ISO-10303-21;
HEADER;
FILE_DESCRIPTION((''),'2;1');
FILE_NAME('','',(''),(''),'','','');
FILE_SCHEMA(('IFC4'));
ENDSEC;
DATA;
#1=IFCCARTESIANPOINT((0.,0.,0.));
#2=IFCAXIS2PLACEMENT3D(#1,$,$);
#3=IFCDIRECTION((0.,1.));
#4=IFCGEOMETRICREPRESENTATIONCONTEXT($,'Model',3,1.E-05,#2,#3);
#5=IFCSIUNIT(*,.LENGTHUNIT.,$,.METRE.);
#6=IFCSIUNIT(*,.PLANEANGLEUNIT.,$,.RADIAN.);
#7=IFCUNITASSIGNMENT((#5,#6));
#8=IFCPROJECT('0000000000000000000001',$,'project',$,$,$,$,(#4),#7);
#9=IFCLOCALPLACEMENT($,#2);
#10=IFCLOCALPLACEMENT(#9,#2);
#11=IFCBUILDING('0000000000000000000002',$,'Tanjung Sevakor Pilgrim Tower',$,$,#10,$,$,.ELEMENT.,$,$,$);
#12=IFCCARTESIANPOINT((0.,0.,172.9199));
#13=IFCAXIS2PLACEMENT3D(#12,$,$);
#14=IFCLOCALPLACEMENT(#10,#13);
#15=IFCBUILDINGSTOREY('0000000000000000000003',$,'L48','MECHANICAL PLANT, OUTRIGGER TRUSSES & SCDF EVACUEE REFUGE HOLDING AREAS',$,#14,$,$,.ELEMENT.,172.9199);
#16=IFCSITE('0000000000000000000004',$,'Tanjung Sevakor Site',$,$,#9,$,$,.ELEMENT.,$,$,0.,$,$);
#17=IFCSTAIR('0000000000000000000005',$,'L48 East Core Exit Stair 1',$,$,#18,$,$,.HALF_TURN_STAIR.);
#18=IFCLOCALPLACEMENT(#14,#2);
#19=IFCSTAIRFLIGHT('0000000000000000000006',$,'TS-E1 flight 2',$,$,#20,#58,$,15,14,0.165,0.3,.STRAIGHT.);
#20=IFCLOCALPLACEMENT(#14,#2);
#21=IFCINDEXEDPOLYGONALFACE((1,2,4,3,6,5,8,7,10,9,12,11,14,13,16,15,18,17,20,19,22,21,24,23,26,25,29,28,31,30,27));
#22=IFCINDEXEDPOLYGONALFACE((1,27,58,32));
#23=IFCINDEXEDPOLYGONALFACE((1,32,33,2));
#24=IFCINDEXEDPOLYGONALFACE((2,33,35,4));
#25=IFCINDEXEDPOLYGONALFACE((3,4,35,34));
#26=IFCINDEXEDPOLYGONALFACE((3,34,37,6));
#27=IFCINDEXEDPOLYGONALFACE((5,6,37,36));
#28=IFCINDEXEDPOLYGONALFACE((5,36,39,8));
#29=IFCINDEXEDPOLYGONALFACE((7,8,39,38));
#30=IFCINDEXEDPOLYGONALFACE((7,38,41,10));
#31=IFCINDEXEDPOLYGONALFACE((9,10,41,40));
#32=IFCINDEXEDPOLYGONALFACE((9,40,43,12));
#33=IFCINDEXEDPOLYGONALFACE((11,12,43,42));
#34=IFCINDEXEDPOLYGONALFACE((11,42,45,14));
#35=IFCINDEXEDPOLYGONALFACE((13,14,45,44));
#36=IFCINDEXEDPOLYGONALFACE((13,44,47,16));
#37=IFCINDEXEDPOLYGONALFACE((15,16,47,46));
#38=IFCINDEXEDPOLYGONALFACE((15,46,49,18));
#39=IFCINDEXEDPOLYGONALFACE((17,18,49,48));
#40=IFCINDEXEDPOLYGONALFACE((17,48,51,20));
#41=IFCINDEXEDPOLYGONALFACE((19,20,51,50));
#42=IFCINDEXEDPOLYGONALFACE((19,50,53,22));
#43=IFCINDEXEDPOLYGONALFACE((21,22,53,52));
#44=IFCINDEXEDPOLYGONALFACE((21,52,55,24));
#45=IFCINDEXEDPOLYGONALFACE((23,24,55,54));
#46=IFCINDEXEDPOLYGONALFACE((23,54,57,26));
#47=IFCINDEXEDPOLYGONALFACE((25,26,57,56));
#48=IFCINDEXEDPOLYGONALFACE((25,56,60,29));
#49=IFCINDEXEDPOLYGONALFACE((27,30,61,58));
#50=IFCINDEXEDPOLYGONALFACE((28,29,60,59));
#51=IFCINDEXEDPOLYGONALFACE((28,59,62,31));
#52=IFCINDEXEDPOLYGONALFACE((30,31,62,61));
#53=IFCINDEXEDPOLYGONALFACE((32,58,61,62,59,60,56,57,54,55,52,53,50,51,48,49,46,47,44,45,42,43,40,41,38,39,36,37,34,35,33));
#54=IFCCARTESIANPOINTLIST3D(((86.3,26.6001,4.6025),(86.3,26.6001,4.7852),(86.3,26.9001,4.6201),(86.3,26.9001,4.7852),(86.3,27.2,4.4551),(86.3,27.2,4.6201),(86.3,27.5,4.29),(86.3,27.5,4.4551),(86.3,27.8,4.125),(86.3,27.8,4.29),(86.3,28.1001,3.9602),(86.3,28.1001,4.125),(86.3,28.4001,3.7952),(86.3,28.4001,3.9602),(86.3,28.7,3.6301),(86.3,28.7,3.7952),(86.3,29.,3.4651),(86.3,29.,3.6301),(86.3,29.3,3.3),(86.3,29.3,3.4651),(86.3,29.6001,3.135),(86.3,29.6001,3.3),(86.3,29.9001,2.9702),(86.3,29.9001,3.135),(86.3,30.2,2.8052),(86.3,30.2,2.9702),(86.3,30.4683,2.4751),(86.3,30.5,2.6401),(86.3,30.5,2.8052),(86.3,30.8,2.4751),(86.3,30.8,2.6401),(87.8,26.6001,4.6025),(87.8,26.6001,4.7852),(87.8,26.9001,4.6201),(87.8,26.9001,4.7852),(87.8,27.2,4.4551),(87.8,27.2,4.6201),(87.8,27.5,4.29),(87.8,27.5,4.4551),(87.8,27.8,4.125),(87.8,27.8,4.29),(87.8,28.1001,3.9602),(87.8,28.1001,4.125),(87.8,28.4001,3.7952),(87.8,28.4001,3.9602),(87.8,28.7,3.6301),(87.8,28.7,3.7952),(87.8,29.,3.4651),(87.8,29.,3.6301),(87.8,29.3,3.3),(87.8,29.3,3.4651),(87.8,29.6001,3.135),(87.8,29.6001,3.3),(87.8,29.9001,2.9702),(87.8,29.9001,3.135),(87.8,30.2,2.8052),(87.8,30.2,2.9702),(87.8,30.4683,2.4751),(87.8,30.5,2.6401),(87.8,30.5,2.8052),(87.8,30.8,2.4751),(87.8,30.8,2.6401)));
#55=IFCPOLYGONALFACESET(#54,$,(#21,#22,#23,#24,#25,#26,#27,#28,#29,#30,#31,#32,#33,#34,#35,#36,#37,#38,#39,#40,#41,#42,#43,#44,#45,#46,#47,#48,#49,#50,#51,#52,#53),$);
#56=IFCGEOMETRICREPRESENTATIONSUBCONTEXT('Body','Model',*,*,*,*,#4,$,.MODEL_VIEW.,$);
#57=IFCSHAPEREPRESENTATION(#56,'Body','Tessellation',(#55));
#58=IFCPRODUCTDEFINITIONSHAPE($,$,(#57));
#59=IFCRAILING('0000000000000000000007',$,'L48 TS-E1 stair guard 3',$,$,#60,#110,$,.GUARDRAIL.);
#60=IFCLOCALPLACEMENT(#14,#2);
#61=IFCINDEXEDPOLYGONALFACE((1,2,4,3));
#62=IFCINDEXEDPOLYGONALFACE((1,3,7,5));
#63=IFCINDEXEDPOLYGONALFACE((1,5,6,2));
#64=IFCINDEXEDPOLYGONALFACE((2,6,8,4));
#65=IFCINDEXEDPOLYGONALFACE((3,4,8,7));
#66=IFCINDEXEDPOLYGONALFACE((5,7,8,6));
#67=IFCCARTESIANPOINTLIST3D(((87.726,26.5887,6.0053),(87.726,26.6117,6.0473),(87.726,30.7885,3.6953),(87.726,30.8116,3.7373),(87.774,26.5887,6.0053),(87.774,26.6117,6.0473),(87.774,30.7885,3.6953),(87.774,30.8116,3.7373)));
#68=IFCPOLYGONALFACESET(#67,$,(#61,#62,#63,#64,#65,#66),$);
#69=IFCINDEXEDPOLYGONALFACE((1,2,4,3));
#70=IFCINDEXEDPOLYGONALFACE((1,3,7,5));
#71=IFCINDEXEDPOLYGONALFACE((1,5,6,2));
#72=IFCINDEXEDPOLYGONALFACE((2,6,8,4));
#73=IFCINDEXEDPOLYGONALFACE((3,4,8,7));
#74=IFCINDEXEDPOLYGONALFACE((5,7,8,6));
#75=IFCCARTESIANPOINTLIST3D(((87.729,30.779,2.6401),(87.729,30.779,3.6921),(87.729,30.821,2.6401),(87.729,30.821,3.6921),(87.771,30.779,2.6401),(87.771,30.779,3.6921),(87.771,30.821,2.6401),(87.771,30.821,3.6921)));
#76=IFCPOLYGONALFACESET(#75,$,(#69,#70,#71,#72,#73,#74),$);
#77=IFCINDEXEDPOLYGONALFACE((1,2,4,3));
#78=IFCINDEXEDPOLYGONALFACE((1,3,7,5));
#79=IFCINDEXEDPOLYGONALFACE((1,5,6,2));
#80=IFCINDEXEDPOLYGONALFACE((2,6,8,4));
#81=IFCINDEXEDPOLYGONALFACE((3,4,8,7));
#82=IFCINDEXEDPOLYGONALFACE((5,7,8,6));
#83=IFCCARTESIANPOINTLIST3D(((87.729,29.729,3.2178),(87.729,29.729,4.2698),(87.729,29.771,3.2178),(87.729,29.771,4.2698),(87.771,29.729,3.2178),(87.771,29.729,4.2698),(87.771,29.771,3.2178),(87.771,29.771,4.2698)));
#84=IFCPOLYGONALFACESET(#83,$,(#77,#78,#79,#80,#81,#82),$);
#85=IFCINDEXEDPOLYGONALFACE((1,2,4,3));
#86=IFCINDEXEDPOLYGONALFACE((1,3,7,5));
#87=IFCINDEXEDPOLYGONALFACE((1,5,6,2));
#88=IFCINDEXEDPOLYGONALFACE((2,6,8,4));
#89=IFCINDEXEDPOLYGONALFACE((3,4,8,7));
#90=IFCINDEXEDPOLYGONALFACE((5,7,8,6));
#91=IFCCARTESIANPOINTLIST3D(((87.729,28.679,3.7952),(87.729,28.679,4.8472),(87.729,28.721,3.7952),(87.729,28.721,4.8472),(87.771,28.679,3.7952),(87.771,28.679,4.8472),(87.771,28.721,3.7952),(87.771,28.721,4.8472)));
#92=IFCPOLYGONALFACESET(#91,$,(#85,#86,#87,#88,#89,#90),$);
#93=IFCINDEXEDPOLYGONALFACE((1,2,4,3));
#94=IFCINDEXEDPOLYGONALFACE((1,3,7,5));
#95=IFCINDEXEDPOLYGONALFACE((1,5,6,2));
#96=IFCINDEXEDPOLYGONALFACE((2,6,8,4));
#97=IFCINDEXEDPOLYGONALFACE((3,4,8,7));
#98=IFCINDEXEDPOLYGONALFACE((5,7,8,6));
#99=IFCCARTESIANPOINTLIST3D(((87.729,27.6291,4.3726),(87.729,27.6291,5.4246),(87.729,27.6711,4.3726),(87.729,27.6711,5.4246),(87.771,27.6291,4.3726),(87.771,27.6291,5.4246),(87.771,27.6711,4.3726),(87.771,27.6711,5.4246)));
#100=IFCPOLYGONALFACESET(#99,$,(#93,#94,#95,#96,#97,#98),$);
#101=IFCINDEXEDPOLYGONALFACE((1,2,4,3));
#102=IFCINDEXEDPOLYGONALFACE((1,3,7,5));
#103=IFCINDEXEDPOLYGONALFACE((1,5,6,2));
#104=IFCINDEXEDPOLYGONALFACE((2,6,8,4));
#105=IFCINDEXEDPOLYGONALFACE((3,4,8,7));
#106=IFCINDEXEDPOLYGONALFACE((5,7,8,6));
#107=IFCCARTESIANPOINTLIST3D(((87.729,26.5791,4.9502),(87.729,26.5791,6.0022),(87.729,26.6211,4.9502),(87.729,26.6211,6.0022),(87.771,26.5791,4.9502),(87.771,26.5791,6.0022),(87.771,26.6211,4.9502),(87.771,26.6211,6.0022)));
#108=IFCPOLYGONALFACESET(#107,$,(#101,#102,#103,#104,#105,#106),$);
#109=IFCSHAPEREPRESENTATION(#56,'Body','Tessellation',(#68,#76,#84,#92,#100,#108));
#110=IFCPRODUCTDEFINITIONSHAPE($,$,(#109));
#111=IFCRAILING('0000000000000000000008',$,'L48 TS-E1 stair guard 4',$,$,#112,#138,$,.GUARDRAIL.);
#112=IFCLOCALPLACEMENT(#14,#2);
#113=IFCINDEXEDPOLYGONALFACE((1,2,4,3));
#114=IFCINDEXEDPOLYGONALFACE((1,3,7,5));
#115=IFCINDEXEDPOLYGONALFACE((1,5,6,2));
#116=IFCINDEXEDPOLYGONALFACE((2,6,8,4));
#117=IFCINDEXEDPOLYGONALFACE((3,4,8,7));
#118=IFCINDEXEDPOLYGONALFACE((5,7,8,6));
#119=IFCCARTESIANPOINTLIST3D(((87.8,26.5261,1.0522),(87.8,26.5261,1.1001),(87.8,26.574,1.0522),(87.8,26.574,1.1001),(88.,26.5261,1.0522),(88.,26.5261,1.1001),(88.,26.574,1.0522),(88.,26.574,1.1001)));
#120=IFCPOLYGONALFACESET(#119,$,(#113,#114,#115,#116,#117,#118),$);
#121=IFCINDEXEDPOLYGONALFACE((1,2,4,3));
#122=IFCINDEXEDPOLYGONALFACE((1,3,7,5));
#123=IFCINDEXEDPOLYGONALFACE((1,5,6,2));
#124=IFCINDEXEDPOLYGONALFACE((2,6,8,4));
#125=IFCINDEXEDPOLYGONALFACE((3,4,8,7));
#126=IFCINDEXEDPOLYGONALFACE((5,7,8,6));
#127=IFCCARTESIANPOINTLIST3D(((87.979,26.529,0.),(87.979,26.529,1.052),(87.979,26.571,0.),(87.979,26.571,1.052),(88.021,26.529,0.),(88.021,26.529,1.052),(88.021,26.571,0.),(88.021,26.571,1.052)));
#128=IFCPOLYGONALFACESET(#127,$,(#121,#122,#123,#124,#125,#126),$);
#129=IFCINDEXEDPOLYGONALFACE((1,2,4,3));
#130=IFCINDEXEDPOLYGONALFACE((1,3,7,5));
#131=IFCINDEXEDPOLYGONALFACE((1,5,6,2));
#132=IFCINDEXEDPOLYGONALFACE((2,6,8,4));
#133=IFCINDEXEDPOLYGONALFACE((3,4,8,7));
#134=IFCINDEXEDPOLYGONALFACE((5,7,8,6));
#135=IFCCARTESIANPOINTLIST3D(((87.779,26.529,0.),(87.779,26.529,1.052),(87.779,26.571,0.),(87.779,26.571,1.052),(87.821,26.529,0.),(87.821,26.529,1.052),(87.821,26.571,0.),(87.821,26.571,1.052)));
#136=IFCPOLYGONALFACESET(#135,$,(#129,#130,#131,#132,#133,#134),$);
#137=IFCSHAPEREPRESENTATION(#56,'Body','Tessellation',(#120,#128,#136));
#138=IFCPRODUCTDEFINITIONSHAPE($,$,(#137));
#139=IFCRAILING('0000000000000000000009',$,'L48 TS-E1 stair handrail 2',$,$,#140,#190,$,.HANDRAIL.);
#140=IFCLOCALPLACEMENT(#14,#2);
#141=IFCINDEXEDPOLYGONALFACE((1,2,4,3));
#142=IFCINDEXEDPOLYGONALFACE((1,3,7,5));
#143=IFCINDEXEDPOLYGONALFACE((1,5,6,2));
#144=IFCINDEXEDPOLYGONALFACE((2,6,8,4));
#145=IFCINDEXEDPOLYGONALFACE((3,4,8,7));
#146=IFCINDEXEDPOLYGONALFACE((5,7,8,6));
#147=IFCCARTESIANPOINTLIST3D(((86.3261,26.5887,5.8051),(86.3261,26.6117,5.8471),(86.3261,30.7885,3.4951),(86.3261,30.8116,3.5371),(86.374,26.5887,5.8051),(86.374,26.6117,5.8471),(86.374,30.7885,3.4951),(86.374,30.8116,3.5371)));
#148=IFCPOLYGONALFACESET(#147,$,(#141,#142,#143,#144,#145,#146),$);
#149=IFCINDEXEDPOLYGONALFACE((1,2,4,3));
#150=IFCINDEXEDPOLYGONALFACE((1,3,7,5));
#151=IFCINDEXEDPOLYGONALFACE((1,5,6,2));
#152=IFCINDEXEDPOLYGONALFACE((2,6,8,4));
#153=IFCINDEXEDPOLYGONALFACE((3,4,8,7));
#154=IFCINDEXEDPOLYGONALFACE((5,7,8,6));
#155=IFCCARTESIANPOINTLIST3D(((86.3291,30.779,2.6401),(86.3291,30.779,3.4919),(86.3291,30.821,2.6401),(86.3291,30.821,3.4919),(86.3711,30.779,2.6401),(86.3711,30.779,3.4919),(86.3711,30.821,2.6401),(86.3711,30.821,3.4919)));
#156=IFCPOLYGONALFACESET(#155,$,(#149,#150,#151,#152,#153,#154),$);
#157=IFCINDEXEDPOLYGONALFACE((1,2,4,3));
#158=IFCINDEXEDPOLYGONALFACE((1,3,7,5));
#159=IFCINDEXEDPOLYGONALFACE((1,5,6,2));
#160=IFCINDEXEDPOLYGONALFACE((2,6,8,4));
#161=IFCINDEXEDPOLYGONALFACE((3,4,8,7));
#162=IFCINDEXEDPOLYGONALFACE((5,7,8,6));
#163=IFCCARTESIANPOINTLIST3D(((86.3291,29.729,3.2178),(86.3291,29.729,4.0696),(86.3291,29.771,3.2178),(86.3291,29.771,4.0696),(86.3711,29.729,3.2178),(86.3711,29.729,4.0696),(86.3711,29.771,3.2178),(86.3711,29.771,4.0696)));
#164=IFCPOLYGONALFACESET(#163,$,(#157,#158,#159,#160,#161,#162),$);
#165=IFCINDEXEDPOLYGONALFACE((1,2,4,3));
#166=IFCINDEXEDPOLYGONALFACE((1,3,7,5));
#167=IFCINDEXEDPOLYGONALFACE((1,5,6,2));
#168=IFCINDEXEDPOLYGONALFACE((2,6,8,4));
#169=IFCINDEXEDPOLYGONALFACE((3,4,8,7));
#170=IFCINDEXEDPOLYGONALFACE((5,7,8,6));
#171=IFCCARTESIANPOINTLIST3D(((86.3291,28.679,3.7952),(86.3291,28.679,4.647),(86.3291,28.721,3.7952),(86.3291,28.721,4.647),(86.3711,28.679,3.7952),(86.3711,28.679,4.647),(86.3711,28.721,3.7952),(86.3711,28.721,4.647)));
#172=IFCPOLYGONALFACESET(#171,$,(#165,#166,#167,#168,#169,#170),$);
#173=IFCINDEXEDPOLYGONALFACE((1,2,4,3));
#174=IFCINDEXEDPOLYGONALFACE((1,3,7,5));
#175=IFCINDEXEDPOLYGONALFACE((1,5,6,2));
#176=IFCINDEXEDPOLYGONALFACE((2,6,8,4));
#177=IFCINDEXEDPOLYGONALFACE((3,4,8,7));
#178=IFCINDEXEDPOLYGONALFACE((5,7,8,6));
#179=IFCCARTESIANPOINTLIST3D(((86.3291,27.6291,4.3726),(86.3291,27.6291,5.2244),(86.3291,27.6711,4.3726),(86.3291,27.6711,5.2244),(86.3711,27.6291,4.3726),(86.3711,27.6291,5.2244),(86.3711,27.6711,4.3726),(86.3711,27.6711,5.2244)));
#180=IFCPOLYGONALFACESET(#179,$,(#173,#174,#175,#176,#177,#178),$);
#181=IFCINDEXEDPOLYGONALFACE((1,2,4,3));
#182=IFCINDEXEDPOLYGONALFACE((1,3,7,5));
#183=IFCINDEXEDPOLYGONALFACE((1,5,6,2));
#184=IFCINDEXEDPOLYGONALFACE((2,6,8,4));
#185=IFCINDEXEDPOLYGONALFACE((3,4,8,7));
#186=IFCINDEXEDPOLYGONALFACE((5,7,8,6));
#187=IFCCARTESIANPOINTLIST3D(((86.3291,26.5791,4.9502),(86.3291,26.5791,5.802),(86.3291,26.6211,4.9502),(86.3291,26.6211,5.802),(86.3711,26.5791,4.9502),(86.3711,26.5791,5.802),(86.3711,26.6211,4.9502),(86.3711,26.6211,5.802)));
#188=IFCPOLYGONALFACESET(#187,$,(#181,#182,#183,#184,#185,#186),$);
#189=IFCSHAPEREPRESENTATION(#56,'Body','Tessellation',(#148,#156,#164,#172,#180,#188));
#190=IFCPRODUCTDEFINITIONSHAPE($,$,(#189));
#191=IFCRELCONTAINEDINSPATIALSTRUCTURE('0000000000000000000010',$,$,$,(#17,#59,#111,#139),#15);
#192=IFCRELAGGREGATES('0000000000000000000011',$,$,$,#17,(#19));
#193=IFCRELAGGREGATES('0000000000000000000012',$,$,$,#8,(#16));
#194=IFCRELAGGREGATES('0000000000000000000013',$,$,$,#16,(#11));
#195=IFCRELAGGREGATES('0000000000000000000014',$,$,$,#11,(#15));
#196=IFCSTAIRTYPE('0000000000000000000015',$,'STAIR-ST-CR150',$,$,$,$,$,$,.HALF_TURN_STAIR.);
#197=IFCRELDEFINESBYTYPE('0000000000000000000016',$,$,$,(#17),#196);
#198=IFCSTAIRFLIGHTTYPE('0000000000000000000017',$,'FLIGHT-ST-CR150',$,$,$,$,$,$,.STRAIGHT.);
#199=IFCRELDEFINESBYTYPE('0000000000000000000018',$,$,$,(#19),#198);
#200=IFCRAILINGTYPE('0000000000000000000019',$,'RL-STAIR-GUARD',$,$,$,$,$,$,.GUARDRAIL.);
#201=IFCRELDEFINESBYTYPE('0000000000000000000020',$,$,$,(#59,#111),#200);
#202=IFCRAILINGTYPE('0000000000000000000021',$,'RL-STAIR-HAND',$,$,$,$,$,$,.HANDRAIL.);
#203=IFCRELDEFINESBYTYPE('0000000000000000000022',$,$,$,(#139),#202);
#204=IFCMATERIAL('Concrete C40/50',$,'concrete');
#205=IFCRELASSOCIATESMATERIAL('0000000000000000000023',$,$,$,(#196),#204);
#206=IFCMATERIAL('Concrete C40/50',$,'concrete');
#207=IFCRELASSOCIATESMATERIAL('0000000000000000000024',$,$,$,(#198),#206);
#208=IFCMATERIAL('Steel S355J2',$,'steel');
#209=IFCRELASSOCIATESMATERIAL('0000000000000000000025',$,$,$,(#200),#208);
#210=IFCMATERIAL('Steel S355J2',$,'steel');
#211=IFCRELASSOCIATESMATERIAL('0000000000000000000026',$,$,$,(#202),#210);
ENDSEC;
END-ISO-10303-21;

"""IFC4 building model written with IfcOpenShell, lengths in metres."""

from ifc_helpers import new_model, si_unit, direction, frame, origin, place, context, subcontext, project, spatial, polyline, rectangle, outline, extrude, material, type_object, element, aggregate, save


model = new_model("IFC4")

# Units and contexts
model_context = context("Model", 3, precision=1e-05, world=origin(), true_north=direction((0.0, 1.0)))
body_context = subcontext(model_context, "Body", "Model", "MODEL_VIEW")
ifc_project = project(units=[si_unit("LENGTHUNIT", "METRE"), si_unit("PLANEANGLEUNIT", "RADIAN")], contexts=[model_context])

# Site, building, storey
site_placement = place(None, origin())
site = spatial("IfcSite", under=ifc_project, at=site_placement, Name="Tanjung Sevakor Site", CompositionType="ELEMENT", RefElevation=0.0)
building_placement = place(site_placement, origin())
building = spatial("IfcBuilding", under=site, at=building_placement, Name="Tanjung Sevakor Pilgrim Tower", CompositionType="ELEMENT")
storey_placement = place(building_placement, frame((0.0, 0.0, 172.9199)))
storey = spatial("IfcBuildingStorey", under=building, at=storey_placement, Name="L48", Description="MECHANICAL PLANT, OUTRIGGER TRUSSES & SCDF EVACUEE REFUGE HOLDING AREAS", CompositionType="ELEMENT", Elevation=172.9199)

# Stair, stair flight
ifc_material_1 = material(Name="Concrete C40/50", Category="concrete")
stair_type = type_object("IfcStairType", Name="STAIR-ST-CR150", PredefinedType="HALF_TURN_STAIR", material=ifc_material_1)
stair_placement = place(storey_placement, origin())
stair = element("IfcStair", 1, at=stair_placement, inside=storey, type_object=stair_type, Name="L48 East Core Exit Stair 1", PredefinedType="HALF_TURN_STAIR")
ifc_material_2 = material(Name="Concrete C40/50", Category="concrete")
stair_flight_type = type_object("IfcStairFlightType", Name="FLIGHT-ST-CR150", PredefinedType="STRAIGHT", material=ifc_material_2)
stair_flight_placement = place(storey_placement, frame((87.05, 30.8, 2.4751), z_axis=(0.0, 0.0, 1.0), x_axis=(0.0, -1.0, 0.0)))
stair_flight = element("IfcStairFlight", 2, at=stair_flight_placement, type_object=stair_flight_type, Name="TS-E1 flight 2", NumberOfRisers=15, NumberOfTreads=14, PredefinedType="STRAIGHT", RiserHeight=0.165, TreadLength=0.3, context=body_context, shape_type="SweptSolid", body=[
    extrude(outline(polyline([(0.0, 0.0), (0.0, 0.165), (0.3, 0.165), (0.3, 0.3301), (0.6001, 0.3301), (0.6001, 0.4951), (0.8999, 0.4951), (0.8999, 0.6599), (1.2, 0.6599), (1.2, 0.825), (1.5, 0.825), (1.5, 0.99), (1.8, 0.99), (1.8, 1.155), (2.1001, 1.155), (2.1001, 1.3201), (2.3999, 1.3201), (2.3999, 1.4851), (2.7, 1.4851), (2.7, 1.6499), (3.0, 1.6499), (3.0, 1.8149), (3.3, 1.8149), (3.3, 1.98), (3.6001, 1.98), (3.6001, 2.145), (3.8999, 2.145), (3.8999, 2.3101), (4.2, 2.3101), (4.2, 2.4751), (4.2, 2.1274), (0.3318, 0.0), (0.0, 0.0)])), frame((0.0, 0.75, 0.0), z_axis=(0.0, -1.0, 0.0), x_axis=(1.0, 0.0, 0.0)), (0.0, 0.0, 1.0), 1.5),
])
aggregate(stair, [stair_flight])

# Railings
ifc_material_3 = material(Name="Steel S355J2", Category="steel")
railing_type_1 = type_object("IfcRailingType", Name="RL-STAIR-GUARD", PredefinedType="GUARDRAIL", material=ifc_material_3)
railing_1_placement = place(storey_placement, frame((87.75, 30.8, 2.6401)))
element("IfcRailing", 3, at=railing_1_placement, inside=storey, type_object=railing_type_1, Name="L48 TS-E1 stair guard 3", PredefinedType="GUARDRAIL", context=body_context, shape_type="SweptSolid", body=[
    extrude(rectangle(XDim=0.0479, YDim=0.0479), frame((0.0, 0.0, 1.0762), z_axis=(0.0, -0.876208, 0.481932), x_axis=(1.0, 0.0, 0.0)), (0.0, 0.0, 1.0), 4.7932),
    extrude(rectangle(XDim=0.042, YDim=0.042), origin(), (0.0, 0.0, 1.0), 1.052),
    extrude(rectangle(XDim=0.042, YDim=0.042), frame((0.0, -1.05, 0.5776)), (0.0, 0.0, 1.0), 1.052),
    extrude(rectangle(XDim=0.042, YDim=0.042), frame((0.0, -2.1001, 1.155)), (0.0, 0.0, 1.0), 1.052),
    extrude(rectangle(XDim=0.042, YDim=0.042), frame((0.0, -3.1499, 1.7324)), (0.0, 0.0, 1.0), 1.052),
    extrude(rectangle(XDim=0.042, YDim=0.042), frame((0.0, -4.2, 2.3101)), (0.0, 0.0, 1.0), 1.052),
])
railing_2_placement = place(storey_placement, frame((88.0, 26.55, 0.0)))
element("IfcRailing", 4, at=railing_2_placement, inside=storey, type_object=railing_type_1, Name="L48 TS-E1 stair guard 4", PredefinedType="GUARDRAIL", context=body_context, shape_type="SweptSolid", body=[
    extrude(rectangle(XDim=0.0479, YDim=0.0479), frame((0.0, 0.0, 1.0762), z_axis=(-1.0, 0.0, 0.0), x_axis=(0.0, -1.0, 0.0)), (0.0, 0.0, 1.0), 0.2),
    extrude(rectangle(XDim=0.042, YDim=0.042), origin(), (0.0, 0.0, 1.0), 1.052),
    extrude(rectangle(XDim=0.042, YDim=0.042), frame((-0.2, 0.0, 0.0)), (0.0, 0.0, 1.0), 1.052),
])
ifc_material_4 = material(Name="Steel S355J2", Category="steel")
railing_type_2 = type_object("IfcRailingType", Name="RL-STAIR-HAND", PredefinedType="HANDRAIL", material=ifc_material_4)
railing_3_placement = place(storey_placement, frame((86.3501, 30.8, 2.6401)))
element("IfcRailing", 5, at=railing_3_placement, inside=storey, type_object=railing_type_2, Name="L48 TS-E1 stair handrail 2", PredefinedType="HANDRAIL", context=body_context, shape_type="SweptSolid", body=[
    extrude(rectangle(XDim=0.0479, YDim=0.0479), frame((0.0, 0.0, 0.876), z_axis=(0.0, -0.876208, 0.481932), x_axis=(1.0, 0.0, 0.0)), (0.0, 0.0, 1.0), 4.7932),
    extrude(rectangle(XDim=0.042, YDim=0.042), origin(), (0.0, 0.0, 1.0), 0.8518),
    extrude(rectangle(XDim=0.042, YDim=0.042), frame((0.0, -1.05, 0.5776)), (0.0, 0.0, 1.0), 0.8518),
    extrude(rectangle(XDim=0.042, YDim=0.042), frame((0.0, -2.1001, 1.155)), (0.0, 0.0, 1.0), 0.8518),
    extrude(rectangle(XDim=0.042, YDim=0.042), frame((0.0, -3.1499, 1.7324)), (0.0, 0.0, 1.0), 0.8518),
    extrude(rectangle(XDim=0.042, YDim=0.042), frame((0.0, -4.2, 2.3101)), (0.0, 0.0, 1.0), 0.8518),
])

save(model, "model.ifc")
